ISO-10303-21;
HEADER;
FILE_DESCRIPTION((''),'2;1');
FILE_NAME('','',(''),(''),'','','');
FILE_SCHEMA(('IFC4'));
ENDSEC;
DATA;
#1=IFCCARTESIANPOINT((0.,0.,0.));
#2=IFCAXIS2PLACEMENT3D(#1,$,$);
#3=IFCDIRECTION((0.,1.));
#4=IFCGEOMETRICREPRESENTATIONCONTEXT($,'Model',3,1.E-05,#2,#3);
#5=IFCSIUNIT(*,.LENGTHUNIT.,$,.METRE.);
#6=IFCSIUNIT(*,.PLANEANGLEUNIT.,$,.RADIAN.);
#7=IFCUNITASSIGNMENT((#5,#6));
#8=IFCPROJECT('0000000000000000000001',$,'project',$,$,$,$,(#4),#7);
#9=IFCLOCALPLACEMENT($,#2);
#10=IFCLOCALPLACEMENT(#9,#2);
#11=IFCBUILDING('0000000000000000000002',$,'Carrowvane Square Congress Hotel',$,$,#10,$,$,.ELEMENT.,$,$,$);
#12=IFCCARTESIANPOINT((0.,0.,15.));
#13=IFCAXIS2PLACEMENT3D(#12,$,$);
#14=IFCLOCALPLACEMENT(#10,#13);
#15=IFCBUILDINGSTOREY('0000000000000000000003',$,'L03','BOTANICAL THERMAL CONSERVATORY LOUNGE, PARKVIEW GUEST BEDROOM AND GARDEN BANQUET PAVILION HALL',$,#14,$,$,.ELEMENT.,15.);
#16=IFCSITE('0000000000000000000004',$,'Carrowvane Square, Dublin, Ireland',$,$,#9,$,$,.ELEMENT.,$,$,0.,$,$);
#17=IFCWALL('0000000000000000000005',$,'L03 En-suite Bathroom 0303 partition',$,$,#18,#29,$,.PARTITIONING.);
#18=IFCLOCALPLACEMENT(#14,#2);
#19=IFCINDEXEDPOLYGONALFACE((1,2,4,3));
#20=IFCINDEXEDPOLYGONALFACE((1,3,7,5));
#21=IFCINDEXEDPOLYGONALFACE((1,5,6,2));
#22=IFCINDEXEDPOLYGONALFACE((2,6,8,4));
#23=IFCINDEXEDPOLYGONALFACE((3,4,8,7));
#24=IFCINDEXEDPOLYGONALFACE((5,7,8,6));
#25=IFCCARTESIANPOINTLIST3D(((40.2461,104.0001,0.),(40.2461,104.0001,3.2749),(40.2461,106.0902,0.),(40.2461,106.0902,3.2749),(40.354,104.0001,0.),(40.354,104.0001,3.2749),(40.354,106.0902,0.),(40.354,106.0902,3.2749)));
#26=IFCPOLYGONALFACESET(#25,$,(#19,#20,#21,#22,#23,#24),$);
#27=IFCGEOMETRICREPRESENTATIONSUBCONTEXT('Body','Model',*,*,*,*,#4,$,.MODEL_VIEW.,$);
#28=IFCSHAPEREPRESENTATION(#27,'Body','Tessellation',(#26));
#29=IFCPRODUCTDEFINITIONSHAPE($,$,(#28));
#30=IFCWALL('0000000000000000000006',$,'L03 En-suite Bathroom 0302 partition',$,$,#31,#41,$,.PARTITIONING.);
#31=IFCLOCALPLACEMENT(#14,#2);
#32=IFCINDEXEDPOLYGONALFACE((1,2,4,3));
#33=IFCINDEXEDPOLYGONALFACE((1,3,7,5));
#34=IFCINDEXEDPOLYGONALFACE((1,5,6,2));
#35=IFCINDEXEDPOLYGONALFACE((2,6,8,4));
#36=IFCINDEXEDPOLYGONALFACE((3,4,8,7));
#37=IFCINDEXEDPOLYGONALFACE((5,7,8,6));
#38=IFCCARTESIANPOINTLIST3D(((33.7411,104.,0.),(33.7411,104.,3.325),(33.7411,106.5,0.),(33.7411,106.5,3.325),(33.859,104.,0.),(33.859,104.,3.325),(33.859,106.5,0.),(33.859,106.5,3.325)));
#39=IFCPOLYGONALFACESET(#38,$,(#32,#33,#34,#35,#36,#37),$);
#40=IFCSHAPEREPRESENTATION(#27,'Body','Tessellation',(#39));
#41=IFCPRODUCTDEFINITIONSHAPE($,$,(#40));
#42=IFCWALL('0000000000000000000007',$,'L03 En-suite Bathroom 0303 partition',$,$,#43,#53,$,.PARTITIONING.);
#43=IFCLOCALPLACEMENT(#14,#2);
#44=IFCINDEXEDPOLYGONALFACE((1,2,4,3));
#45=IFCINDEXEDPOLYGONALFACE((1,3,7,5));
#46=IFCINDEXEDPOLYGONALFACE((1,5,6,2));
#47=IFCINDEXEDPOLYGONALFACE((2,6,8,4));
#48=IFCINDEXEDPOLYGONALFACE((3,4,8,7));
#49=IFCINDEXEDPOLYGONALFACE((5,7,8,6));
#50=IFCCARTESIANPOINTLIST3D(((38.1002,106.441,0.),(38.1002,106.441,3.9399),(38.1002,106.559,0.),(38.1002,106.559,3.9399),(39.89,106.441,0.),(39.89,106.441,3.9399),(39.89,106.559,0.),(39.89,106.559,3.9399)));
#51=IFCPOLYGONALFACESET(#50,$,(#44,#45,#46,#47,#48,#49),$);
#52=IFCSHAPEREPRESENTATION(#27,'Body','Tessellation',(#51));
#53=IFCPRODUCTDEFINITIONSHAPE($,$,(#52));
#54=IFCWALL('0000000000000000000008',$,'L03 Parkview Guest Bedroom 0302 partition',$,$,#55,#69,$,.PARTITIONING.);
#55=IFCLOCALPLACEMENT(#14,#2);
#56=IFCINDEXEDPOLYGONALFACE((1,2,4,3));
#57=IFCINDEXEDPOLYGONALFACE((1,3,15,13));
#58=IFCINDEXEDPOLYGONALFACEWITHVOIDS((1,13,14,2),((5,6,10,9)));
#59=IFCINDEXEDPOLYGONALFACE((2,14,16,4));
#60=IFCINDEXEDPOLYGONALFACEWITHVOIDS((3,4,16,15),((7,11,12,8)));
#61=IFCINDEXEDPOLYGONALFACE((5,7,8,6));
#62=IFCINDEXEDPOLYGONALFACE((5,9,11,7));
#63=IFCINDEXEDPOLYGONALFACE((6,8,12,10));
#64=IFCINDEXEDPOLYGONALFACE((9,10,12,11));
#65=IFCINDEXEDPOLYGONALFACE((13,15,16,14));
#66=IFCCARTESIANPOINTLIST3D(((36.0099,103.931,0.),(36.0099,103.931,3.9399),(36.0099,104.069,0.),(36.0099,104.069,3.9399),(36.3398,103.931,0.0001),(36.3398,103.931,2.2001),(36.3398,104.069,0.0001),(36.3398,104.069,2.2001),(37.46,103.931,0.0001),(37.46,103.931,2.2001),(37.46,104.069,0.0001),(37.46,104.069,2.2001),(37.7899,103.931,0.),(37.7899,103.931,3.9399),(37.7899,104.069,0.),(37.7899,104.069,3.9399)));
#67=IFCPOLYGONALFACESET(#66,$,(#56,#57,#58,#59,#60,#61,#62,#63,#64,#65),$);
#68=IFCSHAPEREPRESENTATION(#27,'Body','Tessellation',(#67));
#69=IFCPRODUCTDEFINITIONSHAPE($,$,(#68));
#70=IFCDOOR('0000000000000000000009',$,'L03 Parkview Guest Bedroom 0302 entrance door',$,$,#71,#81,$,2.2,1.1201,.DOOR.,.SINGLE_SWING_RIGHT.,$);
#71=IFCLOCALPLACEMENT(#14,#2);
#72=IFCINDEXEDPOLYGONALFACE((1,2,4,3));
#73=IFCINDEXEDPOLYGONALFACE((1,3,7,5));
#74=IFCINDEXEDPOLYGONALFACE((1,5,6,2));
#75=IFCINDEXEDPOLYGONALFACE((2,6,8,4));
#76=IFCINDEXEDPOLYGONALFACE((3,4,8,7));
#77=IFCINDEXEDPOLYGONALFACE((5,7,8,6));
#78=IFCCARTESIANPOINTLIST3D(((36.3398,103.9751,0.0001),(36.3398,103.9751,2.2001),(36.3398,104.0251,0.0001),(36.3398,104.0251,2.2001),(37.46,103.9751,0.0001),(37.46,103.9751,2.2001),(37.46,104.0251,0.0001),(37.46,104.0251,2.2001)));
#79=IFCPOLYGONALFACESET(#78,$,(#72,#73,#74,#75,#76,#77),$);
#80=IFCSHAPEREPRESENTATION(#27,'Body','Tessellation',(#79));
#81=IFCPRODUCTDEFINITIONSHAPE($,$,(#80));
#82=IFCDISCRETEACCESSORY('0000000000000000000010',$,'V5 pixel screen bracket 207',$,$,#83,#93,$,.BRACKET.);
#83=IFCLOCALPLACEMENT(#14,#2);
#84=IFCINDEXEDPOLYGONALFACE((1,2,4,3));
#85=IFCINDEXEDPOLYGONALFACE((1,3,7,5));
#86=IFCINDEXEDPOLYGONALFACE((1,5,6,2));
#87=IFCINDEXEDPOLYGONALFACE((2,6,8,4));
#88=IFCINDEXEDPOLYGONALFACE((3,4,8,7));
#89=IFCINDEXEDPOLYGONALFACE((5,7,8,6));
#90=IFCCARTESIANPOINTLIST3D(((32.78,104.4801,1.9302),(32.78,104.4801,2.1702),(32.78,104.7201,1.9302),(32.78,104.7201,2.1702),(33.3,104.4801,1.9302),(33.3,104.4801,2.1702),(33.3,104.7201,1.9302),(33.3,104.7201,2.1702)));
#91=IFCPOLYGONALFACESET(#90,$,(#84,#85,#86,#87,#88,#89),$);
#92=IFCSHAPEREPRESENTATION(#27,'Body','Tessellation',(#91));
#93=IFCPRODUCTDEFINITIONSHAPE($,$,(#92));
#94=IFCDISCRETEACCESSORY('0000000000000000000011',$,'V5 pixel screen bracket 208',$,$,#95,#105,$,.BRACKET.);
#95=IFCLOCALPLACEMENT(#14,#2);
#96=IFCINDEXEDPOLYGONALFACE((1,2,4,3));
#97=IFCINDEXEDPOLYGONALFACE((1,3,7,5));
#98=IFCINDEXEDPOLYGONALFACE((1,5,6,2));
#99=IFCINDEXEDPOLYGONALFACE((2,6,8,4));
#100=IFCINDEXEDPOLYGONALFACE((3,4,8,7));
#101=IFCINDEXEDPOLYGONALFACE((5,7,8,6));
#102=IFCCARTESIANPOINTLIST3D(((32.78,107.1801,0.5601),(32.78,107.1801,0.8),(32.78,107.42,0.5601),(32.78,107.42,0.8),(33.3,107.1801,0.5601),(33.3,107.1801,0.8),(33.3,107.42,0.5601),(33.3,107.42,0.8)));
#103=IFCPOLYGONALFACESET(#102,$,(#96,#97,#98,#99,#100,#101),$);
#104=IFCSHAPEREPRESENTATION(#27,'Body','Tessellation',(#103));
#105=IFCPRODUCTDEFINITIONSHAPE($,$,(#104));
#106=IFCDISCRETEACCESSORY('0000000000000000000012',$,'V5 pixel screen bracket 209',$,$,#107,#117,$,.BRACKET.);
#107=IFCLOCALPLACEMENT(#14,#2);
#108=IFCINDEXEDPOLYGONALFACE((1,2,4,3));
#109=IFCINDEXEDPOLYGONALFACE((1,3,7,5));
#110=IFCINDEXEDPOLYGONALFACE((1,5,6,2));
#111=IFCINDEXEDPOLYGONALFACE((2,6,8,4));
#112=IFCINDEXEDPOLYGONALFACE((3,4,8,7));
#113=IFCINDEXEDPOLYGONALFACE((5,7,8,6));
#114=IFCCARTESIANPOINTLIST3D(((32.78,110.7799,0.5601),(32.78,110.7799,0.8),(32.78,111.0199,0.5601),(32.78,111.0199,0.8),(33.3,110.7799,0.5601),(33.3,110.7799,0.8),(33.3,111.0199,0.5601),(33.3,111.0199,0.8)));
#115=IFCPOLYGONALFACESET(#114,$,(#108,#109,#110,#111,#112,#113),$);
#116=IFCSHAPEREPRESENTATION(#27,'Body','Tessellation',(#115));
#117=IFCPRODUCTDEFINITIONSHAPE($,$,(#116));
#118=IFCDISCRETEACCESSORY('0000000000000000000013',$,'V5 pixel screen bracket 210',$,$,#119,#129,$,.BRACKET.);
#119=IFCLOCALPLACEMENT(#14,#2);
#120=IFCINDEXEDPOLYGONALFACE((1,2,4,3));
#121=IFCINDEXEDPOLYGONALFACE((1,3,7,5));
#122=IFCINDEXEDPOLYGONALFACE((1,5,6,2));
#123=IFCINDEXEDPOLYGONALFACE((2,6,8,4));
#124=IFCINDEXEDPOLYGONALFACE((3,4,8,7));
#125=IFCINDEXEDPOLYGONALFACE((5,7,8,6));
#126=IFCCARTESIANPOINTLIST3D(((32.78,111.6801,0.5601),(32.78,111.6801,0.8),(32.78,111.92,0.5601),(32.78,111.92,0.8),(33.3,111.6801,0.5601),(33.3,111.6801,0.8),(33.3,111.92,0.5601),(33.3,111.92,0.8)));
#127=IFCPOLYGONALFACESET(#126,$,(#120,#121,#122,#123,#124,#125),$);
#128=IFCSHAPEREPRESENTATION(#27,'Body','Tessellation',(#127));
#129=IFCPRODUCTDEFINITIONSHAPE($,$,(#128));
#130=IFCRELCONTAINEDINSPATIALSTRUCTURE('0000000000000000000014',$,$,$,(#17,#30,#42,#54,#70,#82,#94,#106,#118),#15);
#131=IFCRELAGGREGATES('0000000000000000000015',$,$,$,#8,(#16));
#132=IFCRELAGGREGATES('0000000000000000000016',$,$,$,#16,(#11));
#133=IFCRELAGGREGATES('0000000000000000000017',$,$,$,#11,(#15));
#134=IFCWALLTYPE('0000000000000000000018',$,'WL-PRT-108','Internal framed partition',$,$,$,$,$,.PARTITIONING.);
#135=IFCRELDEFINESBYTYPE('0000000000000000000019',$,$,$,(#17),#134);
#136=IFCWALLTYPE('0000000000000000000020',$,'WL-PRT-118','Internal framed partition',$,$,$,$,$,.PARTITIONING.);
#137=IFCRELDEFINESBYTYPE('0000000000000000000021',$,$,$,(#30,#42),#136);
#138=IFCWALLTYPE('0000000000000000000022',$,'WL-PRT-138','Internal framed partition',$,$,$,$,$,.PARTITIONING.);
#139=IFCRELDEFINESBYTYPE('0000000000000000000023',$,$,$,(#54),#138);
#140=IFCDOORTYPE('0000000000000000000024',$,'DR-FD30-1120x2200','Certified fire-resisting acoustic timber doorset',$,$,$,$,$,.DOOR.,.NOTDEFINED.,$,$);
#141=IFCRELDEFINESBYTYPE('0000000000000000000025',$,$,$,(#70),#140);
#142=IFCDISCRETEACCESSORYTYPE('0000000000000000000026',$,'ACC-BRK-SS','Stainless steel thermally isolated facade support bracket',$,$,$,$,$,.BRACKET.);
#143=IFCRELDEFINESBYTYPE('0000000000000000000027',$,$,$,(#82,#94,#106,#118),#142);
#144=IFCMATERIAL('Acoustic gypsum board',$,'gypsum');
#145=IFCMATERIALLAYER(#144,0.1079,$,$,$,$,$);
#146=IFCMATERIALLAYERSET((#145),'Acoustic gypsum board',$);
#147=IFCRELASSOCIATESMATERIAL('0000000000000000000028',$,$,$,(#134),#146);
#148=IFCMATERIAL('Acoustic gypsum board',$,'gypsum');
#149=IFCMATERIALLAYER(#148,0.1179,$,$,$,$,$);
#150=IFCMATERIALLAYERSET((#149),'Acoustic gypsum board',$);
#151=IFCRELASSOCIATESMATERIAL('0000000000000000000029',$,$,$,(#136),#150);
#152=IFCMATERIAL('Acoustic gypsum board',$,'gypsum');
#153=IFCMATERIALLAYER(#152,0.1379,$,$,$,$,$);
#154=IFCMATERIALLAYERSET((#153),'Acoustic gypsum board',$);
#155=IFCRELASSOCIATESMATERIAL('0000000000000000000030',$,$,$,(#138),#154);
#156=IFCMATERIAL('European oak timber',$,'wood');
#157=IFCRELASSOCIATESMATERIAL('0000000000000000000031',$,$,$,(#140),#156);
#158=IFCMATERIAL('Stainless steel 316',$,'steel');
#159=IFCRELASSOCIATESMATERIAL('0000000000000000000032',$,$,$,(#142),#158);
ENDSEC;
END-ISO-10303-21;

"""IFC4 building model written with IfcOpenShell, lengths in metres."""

from ifc_helpers import new_model, si_unit, direction, frame, frame_2d, origin, origin_2d, place, context, subcontext, project, spatial, rectangle, extrude, material, layer, layer_set, type_object, element, fill, save


model = new_model("IFC4")

# Units and contexts
model_context = context("Model", 3, precision=1e-05, world=origin(), true_north=direction((0.0, 1.0)))
body_context = subcontext(model_context, "Body", "Model", "MODEL_VIEW")
ifc_project = project(units=[si_unit("LENGTHUNIT", "METRE"), si_unit("PLANEANGLEUNIT", "RADIAN")], contexts=[model_context])

# Site, building, storey
site_placement = place(None, origin())
site = spatial("IfcSite", under=ifc_project, at=site_placement, Name="Carrowvane Square, Dublin, Ireland", CompositionType="ELEMENT", RefElevation=0.0)
building_placement = place(site_placement, origin())
building = spatial("IfcBuilding", under=site, at=building_placement, Name="Carrowvane Square Congress Hotel", CompositionType="ELEMENT")
storey_placement = place(building_placement, frame((0.0, 0.0, 15.0)))
storey = spatial("IfcBuildingStorey", under=building, at=storey_placement, Name="L03", Description="BOTANICAL THERMAL CONSERVATORY LOUNGE, PARKVIEW GUEST BEDROOM AND GARDEN BANQUET PAVILION HALL", CompositionType="ELEMENT", Elevation=15.0)

# Walls
ifc_material_1 = material(Name="Acoustic gypsum board", Category="gypsum")
ifc_layer_1 = layer(ifc_material_1, 0.1079)
ifc_layer_set_1 = layer_set([ifc_layer_1], Name="Acoustic gypsum board")
wall_type_1 = type_object("IfcWallType", Name="WL-PRT-108", Description="Internal framed partition", PredefinedType="PARTITIONING", material=ifc_layer_set_1)
wall_1_placement = place(storey_placement, frame((40.3, 106.0901, 0.0), z_axis=(0.0, 0.0, 1.0), x_axis=(0.0, -1.0, 0.0)))
element("IfcWall", 1, at=wall_1_placement, inside=storey, type_object=wall_type_1, Name="L03 En-suite Bathroom 0303 partition", PredefinedType="PARTITIONING", context=body_context, shape_type="SweptSolid", body=[
    extrude(rectangle(XDim=2.0901, YDim=0.1079, at=frame_2d((1.0449, 0.0))), origin(), (0.0, 0.0, 1.0), 3.2749),
])
ifc_material_2 = material(Name="Acoustic gypsum board", Category="gypsum")
ifc_layer_2 = layer(ifc_material_2, 0.1179)
ifc_layer_set_2 = layer_set([ifc_layer_2], Name="Acoustic gypsum board")
wall_type_2 = type_object("IfcWallType", Name="WL-PRT-118", Description="Internal framed partition", PredefinedType="PARTITIONING", material=ifc_layer_set_2)
wall_2_placement = place(storey_placement, frame((33.8, 104.0, 0.0), z_axis=(0.0, 0.0, 1.0), x_axis=(0.0, 1.0, 0.0)))
element("IfcWall", 2, at=wall_2_placement, inside=storey, type_object=wall_type_2, Name="L03 En-suite Bathroom 0302 partition", PredefinedType="PARTITIONING", context=body_context, shape_type="SweptSolid", body=[
    extrude(rectangle(XDim=2.5, YDim=0.1179, at=frame_2d((1.25, 0.0))), origin(), (0.0, 0.0, 1.0), 3.325),
])
wall_3_placement = place(storey_placement, frame((38.1001, 106.5, 0.0), z_axis=(0.0, 0.0, 1.0), x_axis=(1.0, 0.0, 0.0)))
element("IfcWall", 3, at=wall_3_placement, inside=storey, type_object=wall_type_2, Name="L03 En-suite Bathroom 0303 partition", PredefinedType="PARTITIONING", context=body_context, shape_type="SweptSolid", body=[
    extrude(rectangle(XDim=1.7898, YDim=0.1179, at=frame_2d((0.895, 0.0))), origin(), (0.0, 0.0, 1.0), 3.9399),
])

# Wall, opening, door
ifc_material_3 = material(Name="Acoustic gypsum board", Category="gypsum")
ifc_layer_3 = layer(ifc_material_3, 0.1379)
ifc_layer_set_3 = layer_set([ifc_layer_3], Name="Acoustic gypsum board")
wall_type_3 = type_object("IfcWallType", Name="WL-PRT-138", Description="Internal framed partition", PredefinedType="PARTITIONING", material=ifc_layer_set_3)
wall_4_placement = place(storey_placement, frame((37.79, 104.0, 0.0), z_axis=(0.0, 0.0, 1.0), x_axis=(-1.0, 0.0, 0.0)))
wall_4 = element("IfcWall", 4, at=wall_4_placement, inside=storey, type_object=wall_type_3, Name="L03 Parkview Guest Bedroom 0302 partition", PredefinedType="PARTITIONING", context=body_context, shape_type="SweptSolid", body=[
    extrude(rectangle(XDim=1.78, YDim=0.1379, at=frame_2d((0.8901, 0.0))), origin(), (0.0, 0.0, 1.0), 3.9399),
])
opening_1_placement = place(wall_4_placement, frame((0.3301, 0.0, 0.0)))
opening_1 = element("IfcOpeningElement", 5, at=opening_1_placement, cuts=wall_4, PredefinedType="OPENING", context=body_context, shape_type="SweptSolid", body=[
    extrude(rectangle(XDim=1.1201, YDim=2.2, at=frame_2d((0.5601, 1.1001))), frame((0.0, 0.0789, 0.0), z_axis=(0.0, -1.0, 0.0), x_axis=(1.0, 0.0, 0.0)), (0.0, 0.0, 1.0), 0.158),
])
ifc_material_4 = material(Name="European oak timber", Category="wood")
door_type_1 = type_object("IfcDoorType", Name="DR-FD30-1120x2200", Description="Certified fire-resisting acoustic timber doorset", OperationType="NOTDEFINED", PredefinedType="DOOR", material=ifc_material_4)
door_1_placement = place(opening_1_placement, origin())
door_1 = element("IfcDoor", 6, at=door_1_placement, inside=storey, type_object=door_type_1, Name="L03 Parkview Guest Bedroom 0302 entrance door", OperationType="SINGLE_SWING_RIGHT", OverallHeight=2.2, OverallWidth=1.1201, PredefinedType="DOOR", context=body_context, shape_type="SweptSolid", body=[
    extrude(rectangle(XDim=1.1201, YDim=2.2, at=frame_2d((0.5601, 1.1001))), frame((0.0, 0.0249, 0.0), z_axis=(0.0, -1.0, 0.0), x_axis=(1.0, 0.0, 0.0)), (0.0, 0.0, 1.0), 0.05),
])
fill(opening_1, door_1)

# Discrete accessories
ifc_material_5 = material(Name="Stainless steel 316", Category="steel")
discrete_accessory_type = type_object("IfcDiscreteAccessoryType", Name="ACC-BRK-SS", Description="Stainless steel thermally isolated facade support bracket", PredefinedType="BRACKET", material=ifc_material_5)
for number, where, z_axis, x_axis, name in (
    (7, (33.04, 104.6001, 1.9302), (0.0, 0.0, 1.0), (0.0, 1.0, 0.0), "V5 pixel screen bracket 207"),
    (8, (33.04, 107.3, 0.5601), (0.0, 0.0, 1.0), (0.0, 1.0, 0.0), "V5 pixel screen bracket 208"),
    (9, (33.04, 110.8999, 0.5601), (0.0, 0.0, 1.0), (0.0, 1.0, 0.0), "V5 pixel screen bracket 209"),
    (10, (33.04, 111.8, 0.5601), (0.0, 0.0, 1.0), (0.0, 1.0, 0.0), "V5 pixel screen bracket 210"),
):
    element("IfcDiscreteAccessory", number, at=place(storey_placement, frame(where, z_axis=z_axis, x_axis=x_axis)), inside=storey, type_object=discrete_accessory_type, Name=name, PredefinedType="BRACKET", context=body_context, shape_type="SweptSolid", body=[
        extrude(rectangle(XDim=0.24, YDim=0.52, at=origin_2d()), origin(), (0.0, 0.0, 1.0), 0.24),
    ])

save(model, "model.ifc")
